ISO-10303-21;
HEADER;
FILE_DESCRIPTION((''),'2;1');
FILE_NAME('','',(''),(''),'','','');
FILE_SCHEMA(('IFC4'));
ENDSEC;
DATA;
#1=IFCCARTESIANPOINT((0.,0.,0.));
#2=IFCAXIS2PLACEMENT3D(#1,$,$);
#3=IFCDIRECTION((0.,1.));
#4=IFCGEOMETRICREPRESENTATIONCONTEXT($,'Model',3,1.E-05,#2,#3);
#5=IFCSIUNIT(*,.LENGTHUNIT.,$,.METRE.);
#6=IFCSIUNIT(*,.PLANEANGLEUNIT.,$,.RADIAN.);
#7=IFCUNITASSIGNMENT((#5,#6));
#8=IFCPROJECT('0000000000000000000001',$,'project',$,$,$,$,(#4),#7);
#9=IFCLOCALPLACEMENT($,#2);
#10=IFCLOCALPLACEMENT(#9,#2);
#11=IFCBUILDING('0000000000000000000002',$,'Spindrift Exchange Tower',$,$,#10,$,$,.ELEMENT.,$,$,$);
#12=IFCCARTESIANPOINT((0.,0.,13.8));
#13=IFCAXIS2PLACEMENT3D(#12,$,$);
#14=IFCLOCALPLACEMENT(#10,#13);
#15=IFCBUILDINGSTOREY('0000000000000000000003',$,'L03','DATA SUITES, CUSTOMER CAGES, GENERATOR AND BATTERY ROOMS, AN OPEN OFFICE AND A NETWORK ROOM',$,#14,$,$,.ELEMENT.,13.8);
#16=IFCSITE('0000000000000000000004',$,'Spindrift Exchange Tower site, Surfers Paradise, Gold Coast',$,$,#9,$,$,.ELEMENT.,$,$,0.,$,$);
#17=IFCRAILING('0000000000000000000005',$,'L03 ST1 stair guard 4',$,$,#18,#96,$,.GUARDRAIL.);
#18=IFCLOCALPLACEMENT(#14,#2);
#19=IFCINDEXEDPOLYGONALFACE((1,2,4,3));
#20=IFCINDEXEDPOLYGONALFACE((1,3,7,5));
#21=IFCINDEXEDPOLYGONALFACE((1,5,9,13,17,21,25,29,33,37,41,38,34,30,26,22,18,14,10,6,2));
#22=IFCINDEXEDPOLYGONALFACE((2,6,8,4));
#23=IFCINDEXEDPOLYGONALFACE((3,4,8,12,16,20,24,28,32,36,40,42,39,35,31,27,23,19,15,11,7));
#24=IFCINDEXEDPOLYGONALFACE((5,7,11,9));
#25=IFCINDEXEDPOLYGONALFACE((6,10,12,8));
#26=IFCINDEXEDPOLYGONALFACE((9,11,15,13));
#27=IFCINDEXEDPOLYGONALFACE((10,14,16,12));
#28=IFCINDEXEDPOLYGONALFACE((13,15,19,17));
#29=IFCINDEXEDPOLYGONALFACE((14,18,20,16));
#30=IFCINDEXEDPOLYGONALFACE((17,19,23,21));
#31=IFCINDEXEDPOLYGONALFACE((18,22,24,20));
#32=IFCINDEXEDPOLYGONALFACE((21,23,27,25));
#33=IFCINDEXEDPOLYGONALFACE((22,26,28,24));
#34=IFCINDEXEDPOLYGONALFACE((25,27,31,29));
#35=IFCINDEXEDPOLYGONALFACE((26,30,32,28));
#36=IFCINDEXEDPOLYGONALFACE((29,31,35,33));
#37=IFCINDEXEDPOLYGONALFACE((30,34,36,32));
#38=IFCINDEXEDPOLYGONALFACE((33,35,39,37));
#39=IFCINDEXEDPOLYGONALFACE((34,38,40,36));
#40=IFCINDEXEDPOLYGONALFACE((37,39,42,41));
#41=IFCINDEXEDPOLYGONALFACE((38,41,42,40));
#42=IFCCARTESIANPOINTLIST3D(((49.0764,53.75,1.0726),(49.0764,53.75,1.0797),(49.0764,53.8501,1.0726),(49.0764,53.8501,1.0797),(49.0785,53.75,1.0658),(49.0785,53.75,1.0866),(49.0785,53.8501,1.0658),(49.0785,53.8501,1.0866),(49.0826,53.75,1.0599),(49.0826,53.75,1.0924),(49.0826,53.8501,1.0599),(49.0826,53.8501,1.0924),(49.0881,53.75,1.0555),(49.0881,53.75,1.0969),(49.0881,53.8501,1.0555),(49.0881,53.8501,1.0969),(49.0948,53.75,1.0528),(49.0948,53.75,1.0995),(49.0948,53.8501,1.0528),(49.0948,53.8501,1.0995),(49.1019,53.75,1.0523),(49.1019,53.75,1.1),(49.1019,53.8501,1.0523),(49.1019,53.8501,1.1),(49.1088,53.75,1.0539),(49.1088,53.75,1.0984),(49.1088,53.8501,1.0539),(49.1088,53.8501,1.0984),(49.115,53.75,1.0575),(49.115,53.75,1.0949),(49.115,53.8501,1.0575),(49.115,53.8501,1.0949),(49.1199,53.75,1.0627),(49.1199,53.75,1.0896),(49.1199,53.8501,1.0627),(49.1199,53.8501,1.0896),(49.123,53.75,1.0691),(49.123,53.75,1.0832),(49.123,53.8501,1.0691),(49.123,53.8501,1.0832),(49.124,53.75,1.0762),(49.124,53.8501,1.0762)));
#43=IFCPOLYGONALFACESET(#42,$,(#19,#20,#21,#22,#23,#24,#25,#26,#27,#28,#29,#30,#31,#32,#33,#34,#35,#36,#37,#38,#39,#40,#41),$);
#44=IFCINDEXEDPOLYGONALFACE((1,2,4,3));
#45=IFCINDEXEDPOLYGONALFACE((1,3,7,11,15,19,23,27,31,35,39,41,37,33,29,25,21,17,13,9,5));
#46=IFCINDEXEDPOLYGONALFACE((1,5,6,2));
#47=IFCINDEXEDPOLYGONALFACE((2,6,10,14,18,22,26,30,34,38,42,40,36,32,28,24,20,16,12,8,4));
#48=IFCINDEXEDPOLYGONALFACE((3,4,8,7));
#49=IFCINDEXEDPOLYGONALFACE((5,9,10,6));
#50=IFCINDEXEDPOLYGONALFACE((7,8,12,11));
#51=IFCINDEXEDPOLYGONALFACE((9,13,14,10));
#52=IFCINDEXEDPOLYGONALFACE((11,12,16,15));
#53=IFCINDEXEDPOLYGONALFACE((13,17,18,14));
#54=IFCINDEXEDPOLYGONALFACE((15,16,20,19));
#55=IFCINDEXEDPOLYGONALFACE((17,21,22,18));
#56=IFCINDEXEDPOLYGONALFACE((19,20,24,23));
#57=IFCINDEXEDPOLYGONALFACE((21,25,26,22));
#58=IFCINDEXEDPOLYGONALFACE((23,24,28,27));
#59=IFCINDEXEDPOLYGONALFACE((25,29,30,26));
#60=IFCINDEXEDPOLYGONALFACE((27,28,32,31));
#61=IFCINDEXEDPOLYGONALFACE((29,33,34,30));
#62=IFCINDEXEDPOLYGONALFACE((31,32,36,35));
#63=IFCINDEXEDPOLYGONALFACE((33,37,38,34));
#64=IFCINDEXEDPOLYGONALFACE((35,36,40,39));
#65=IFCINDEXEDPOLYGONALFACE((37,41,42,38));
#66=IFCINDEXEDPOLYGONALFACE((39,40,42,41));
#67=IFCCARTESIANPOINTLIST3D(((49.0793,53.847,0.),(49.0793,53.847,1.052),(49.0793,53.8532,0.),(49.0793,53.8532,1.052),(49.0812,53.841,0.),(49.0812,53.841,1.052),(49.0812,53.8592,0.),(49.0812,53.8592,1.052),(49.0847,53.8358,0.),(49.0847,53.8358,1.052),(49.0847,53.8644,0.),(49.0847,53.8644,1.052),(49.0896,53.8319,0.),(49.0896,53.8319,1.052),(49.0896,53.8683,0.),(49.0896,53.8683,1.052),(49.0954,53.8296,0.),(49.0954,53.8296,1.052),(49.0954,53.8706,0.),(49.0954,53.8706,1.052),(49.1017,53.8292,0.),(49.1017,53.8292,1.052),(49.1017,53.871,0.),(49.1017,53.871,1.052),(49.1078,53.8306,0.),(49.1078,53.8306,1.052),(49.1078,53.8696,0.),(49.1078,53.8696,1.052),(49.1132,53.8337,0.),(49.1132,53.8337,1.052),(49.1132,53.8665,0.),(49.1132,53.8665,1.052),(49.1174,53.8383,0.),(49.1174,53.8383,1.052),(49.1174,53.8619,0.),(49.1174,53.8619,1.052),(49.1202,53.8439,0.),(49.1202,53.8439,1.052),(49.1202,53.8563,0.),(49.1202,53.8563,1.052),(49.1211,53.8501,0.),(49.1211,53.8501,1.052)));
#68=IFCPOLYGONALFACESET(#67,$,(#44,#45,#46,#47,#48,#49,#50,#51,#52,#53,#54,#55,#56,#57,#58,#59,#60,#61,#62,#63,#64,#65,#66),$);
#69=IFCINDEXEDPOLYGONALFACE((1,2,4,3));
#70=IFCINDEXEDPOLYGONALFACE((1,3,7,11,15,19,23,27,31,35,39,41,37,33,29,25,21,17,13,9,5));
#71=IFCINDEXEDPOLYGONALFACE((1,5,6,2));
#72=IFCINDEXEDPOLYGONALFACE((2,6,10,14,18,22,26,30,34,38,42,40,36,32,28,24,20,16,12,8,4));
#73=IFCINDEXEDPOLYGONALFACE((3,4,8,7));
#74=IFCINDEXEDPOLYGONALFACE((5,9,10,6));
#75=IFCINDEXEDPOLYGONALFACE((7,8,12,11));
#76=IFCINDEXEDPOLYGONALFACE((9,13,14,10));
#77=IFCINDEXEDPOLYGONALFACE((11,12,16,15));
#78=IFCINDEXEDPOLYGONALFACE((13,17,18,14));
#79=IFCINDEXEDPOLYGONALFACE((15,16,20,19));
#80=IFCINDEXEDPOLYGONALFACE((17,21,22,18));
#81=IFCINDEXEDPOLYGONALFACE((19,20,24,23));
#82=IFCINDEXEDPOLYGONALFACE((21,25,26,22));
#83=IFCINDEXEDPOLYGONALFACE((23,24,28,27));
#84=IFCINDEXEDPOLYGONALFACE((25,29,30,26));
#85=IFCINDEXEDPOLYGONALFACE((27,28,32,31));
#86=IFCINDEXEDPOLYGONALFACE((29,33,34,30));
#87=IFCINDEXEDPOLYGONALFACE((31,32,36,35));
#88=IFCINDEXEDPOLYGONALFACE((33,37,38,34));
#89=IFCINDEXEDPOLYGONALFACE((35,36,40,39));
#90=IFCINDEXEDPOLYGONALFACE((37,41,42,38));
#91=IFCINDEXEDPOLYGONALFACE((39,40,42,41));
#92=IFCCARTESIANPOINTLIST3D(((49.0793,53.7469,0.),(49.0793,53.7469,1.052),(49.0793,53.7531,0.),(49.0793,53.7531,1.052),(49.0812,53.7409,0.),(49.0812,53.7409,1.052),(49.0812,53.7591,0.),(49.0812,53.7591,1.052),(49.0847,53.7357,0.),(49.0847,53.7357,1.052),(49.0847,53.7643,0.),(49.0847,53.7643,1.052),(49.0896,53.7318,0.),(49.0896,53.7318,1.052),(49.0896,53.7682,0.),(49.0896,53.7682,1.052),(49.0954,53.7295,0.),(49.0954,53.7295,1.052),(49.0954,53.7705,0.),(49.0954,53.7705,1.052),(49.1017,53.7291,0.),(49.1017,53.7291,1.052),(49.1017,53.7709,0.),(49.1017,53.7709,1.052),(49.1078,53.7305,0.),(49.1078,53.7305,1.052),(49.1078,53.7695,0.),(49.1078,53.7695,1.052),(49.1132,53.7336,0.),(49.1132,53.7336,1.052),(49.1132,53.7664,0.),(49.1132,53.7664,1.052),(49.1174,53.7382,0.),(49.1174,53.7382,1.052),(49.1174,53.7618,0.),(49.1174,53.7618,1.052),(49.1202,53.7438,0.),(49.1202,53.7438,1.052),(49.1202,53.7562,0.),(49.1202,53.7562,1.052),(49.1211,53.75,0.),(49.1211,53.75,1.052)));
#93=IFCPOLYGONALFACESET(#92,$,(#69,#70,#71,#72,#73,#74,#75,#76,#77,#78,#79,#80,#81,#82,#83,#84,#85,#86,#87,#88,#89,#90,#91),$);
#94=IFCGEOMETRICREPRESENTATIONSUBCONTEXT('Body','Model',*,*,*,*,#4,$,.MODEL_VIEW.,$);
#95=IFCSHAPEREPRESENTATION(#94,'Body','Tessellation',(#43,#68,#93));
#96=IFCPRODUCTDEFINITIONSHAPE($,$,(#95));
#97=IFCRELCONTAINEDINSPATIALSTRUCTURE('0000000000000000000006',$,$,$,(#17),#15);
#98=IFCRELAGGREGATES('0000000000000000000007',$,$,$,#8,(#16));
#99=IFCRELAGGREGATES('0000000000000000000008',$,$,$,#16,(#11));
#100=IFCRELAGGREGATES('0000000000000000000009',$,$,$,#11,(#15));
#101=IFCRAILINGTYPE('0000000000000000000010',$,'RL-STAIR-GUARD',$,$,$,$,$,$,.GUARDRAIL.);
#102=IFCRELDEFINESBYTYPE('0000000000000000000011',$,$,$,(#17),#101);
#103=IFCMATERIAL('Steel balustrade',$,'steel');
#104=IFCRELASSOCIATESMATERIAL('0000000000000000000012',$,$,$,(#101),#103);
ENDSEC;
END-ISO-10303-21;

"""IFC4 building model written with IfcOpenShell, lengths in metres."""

from ifc_helpers import new_model, si_unit, direction, frame, origin, origin_2d, place, context, subcontext, project, spatial, circle, extrude, material, type_object, element, save


model = new_model("IFC4")

# Units and contexts
model_context = context("Model", 3, precision=1e-05, world=origin(), true_north=direction((0.0, 1.0)))
body_context = subcontext(model_context, "Body", "Model", "MODEL_VIEW")
ifc_project = project(units=[si_unit("LENGTHUNIT", "METRE"), si_unit("PLANEANGLEUNIT", "RADIAN")], contexts=[model_context])

# Site, building, storey
site_placement = place(None, origin())
site = spatial("IfcSite", under=ifc_project, at=site_placement, Name="Spindrift Exchange Tower site, Surfers Paradise, Gold Coast", CompositionType="ELEMENT", RefElevation=0.0)
building_placement = place(site_placement, origin())
building = spatial("IfcBuilding", under=site, at=building_placement, Name="Spindrift Exchange Tower", CompositionType="ELEMENT")
storey_placement = place(building_placement, frame((0.0, 0.0, 13.8)))
storey = spatial("IfcBuildingStorey", under=building, at=storey_placement, Name="L03", Description="DATA SUITES, CUSTOMER CAGES, GENERATOR AND BATTERY ROOMS, AN OPEN OFFICE AND A NETWORK ROOM", CompositionType="ELEMENT", Elevation=13.8)

# Railing
ifc_material_1 = material(Name="Steel balustrade", Category="steel")
railing_type_1 = type_object("IfcRailingType", Name="RL-STAIR-GUARD", PredefinedType="GUARDRAIL", material=ifc_material_1)
railing_1_placement = place(storey_placement, frame((49.1001, 53.8501, 0.0)))
element("IfcRailing", 1, at=railing_1_placement, inside=storey, type_object=railing_type_1, Name="L03 ST1 stair guard 4", PredefinedType="GUARDRAIL", context=body_context, shape_type="SweptSolid", body=[
    extrude(circle(Radius=0.0239, at=origin_2d()), frame((0.0, 0.0, 1.0762), z_axis=(0.0, -1.0, 0.0), x_axis=(1.0, 0.0, 0.0)), (0.0, 0.0, 1.0), 0.1001),
    extrude(circle(Radius=0.021, at=origin_2d()), origin(), (0.0, 0.0, 1.0), 1.052),
    extrude(circle(Radius=0.021, at=origin_2d()), frame((0.0, -0.1001, 0.0)), (0.0, 0.0, 1.0), 1.052),
])

save(model, "model.ifc")
